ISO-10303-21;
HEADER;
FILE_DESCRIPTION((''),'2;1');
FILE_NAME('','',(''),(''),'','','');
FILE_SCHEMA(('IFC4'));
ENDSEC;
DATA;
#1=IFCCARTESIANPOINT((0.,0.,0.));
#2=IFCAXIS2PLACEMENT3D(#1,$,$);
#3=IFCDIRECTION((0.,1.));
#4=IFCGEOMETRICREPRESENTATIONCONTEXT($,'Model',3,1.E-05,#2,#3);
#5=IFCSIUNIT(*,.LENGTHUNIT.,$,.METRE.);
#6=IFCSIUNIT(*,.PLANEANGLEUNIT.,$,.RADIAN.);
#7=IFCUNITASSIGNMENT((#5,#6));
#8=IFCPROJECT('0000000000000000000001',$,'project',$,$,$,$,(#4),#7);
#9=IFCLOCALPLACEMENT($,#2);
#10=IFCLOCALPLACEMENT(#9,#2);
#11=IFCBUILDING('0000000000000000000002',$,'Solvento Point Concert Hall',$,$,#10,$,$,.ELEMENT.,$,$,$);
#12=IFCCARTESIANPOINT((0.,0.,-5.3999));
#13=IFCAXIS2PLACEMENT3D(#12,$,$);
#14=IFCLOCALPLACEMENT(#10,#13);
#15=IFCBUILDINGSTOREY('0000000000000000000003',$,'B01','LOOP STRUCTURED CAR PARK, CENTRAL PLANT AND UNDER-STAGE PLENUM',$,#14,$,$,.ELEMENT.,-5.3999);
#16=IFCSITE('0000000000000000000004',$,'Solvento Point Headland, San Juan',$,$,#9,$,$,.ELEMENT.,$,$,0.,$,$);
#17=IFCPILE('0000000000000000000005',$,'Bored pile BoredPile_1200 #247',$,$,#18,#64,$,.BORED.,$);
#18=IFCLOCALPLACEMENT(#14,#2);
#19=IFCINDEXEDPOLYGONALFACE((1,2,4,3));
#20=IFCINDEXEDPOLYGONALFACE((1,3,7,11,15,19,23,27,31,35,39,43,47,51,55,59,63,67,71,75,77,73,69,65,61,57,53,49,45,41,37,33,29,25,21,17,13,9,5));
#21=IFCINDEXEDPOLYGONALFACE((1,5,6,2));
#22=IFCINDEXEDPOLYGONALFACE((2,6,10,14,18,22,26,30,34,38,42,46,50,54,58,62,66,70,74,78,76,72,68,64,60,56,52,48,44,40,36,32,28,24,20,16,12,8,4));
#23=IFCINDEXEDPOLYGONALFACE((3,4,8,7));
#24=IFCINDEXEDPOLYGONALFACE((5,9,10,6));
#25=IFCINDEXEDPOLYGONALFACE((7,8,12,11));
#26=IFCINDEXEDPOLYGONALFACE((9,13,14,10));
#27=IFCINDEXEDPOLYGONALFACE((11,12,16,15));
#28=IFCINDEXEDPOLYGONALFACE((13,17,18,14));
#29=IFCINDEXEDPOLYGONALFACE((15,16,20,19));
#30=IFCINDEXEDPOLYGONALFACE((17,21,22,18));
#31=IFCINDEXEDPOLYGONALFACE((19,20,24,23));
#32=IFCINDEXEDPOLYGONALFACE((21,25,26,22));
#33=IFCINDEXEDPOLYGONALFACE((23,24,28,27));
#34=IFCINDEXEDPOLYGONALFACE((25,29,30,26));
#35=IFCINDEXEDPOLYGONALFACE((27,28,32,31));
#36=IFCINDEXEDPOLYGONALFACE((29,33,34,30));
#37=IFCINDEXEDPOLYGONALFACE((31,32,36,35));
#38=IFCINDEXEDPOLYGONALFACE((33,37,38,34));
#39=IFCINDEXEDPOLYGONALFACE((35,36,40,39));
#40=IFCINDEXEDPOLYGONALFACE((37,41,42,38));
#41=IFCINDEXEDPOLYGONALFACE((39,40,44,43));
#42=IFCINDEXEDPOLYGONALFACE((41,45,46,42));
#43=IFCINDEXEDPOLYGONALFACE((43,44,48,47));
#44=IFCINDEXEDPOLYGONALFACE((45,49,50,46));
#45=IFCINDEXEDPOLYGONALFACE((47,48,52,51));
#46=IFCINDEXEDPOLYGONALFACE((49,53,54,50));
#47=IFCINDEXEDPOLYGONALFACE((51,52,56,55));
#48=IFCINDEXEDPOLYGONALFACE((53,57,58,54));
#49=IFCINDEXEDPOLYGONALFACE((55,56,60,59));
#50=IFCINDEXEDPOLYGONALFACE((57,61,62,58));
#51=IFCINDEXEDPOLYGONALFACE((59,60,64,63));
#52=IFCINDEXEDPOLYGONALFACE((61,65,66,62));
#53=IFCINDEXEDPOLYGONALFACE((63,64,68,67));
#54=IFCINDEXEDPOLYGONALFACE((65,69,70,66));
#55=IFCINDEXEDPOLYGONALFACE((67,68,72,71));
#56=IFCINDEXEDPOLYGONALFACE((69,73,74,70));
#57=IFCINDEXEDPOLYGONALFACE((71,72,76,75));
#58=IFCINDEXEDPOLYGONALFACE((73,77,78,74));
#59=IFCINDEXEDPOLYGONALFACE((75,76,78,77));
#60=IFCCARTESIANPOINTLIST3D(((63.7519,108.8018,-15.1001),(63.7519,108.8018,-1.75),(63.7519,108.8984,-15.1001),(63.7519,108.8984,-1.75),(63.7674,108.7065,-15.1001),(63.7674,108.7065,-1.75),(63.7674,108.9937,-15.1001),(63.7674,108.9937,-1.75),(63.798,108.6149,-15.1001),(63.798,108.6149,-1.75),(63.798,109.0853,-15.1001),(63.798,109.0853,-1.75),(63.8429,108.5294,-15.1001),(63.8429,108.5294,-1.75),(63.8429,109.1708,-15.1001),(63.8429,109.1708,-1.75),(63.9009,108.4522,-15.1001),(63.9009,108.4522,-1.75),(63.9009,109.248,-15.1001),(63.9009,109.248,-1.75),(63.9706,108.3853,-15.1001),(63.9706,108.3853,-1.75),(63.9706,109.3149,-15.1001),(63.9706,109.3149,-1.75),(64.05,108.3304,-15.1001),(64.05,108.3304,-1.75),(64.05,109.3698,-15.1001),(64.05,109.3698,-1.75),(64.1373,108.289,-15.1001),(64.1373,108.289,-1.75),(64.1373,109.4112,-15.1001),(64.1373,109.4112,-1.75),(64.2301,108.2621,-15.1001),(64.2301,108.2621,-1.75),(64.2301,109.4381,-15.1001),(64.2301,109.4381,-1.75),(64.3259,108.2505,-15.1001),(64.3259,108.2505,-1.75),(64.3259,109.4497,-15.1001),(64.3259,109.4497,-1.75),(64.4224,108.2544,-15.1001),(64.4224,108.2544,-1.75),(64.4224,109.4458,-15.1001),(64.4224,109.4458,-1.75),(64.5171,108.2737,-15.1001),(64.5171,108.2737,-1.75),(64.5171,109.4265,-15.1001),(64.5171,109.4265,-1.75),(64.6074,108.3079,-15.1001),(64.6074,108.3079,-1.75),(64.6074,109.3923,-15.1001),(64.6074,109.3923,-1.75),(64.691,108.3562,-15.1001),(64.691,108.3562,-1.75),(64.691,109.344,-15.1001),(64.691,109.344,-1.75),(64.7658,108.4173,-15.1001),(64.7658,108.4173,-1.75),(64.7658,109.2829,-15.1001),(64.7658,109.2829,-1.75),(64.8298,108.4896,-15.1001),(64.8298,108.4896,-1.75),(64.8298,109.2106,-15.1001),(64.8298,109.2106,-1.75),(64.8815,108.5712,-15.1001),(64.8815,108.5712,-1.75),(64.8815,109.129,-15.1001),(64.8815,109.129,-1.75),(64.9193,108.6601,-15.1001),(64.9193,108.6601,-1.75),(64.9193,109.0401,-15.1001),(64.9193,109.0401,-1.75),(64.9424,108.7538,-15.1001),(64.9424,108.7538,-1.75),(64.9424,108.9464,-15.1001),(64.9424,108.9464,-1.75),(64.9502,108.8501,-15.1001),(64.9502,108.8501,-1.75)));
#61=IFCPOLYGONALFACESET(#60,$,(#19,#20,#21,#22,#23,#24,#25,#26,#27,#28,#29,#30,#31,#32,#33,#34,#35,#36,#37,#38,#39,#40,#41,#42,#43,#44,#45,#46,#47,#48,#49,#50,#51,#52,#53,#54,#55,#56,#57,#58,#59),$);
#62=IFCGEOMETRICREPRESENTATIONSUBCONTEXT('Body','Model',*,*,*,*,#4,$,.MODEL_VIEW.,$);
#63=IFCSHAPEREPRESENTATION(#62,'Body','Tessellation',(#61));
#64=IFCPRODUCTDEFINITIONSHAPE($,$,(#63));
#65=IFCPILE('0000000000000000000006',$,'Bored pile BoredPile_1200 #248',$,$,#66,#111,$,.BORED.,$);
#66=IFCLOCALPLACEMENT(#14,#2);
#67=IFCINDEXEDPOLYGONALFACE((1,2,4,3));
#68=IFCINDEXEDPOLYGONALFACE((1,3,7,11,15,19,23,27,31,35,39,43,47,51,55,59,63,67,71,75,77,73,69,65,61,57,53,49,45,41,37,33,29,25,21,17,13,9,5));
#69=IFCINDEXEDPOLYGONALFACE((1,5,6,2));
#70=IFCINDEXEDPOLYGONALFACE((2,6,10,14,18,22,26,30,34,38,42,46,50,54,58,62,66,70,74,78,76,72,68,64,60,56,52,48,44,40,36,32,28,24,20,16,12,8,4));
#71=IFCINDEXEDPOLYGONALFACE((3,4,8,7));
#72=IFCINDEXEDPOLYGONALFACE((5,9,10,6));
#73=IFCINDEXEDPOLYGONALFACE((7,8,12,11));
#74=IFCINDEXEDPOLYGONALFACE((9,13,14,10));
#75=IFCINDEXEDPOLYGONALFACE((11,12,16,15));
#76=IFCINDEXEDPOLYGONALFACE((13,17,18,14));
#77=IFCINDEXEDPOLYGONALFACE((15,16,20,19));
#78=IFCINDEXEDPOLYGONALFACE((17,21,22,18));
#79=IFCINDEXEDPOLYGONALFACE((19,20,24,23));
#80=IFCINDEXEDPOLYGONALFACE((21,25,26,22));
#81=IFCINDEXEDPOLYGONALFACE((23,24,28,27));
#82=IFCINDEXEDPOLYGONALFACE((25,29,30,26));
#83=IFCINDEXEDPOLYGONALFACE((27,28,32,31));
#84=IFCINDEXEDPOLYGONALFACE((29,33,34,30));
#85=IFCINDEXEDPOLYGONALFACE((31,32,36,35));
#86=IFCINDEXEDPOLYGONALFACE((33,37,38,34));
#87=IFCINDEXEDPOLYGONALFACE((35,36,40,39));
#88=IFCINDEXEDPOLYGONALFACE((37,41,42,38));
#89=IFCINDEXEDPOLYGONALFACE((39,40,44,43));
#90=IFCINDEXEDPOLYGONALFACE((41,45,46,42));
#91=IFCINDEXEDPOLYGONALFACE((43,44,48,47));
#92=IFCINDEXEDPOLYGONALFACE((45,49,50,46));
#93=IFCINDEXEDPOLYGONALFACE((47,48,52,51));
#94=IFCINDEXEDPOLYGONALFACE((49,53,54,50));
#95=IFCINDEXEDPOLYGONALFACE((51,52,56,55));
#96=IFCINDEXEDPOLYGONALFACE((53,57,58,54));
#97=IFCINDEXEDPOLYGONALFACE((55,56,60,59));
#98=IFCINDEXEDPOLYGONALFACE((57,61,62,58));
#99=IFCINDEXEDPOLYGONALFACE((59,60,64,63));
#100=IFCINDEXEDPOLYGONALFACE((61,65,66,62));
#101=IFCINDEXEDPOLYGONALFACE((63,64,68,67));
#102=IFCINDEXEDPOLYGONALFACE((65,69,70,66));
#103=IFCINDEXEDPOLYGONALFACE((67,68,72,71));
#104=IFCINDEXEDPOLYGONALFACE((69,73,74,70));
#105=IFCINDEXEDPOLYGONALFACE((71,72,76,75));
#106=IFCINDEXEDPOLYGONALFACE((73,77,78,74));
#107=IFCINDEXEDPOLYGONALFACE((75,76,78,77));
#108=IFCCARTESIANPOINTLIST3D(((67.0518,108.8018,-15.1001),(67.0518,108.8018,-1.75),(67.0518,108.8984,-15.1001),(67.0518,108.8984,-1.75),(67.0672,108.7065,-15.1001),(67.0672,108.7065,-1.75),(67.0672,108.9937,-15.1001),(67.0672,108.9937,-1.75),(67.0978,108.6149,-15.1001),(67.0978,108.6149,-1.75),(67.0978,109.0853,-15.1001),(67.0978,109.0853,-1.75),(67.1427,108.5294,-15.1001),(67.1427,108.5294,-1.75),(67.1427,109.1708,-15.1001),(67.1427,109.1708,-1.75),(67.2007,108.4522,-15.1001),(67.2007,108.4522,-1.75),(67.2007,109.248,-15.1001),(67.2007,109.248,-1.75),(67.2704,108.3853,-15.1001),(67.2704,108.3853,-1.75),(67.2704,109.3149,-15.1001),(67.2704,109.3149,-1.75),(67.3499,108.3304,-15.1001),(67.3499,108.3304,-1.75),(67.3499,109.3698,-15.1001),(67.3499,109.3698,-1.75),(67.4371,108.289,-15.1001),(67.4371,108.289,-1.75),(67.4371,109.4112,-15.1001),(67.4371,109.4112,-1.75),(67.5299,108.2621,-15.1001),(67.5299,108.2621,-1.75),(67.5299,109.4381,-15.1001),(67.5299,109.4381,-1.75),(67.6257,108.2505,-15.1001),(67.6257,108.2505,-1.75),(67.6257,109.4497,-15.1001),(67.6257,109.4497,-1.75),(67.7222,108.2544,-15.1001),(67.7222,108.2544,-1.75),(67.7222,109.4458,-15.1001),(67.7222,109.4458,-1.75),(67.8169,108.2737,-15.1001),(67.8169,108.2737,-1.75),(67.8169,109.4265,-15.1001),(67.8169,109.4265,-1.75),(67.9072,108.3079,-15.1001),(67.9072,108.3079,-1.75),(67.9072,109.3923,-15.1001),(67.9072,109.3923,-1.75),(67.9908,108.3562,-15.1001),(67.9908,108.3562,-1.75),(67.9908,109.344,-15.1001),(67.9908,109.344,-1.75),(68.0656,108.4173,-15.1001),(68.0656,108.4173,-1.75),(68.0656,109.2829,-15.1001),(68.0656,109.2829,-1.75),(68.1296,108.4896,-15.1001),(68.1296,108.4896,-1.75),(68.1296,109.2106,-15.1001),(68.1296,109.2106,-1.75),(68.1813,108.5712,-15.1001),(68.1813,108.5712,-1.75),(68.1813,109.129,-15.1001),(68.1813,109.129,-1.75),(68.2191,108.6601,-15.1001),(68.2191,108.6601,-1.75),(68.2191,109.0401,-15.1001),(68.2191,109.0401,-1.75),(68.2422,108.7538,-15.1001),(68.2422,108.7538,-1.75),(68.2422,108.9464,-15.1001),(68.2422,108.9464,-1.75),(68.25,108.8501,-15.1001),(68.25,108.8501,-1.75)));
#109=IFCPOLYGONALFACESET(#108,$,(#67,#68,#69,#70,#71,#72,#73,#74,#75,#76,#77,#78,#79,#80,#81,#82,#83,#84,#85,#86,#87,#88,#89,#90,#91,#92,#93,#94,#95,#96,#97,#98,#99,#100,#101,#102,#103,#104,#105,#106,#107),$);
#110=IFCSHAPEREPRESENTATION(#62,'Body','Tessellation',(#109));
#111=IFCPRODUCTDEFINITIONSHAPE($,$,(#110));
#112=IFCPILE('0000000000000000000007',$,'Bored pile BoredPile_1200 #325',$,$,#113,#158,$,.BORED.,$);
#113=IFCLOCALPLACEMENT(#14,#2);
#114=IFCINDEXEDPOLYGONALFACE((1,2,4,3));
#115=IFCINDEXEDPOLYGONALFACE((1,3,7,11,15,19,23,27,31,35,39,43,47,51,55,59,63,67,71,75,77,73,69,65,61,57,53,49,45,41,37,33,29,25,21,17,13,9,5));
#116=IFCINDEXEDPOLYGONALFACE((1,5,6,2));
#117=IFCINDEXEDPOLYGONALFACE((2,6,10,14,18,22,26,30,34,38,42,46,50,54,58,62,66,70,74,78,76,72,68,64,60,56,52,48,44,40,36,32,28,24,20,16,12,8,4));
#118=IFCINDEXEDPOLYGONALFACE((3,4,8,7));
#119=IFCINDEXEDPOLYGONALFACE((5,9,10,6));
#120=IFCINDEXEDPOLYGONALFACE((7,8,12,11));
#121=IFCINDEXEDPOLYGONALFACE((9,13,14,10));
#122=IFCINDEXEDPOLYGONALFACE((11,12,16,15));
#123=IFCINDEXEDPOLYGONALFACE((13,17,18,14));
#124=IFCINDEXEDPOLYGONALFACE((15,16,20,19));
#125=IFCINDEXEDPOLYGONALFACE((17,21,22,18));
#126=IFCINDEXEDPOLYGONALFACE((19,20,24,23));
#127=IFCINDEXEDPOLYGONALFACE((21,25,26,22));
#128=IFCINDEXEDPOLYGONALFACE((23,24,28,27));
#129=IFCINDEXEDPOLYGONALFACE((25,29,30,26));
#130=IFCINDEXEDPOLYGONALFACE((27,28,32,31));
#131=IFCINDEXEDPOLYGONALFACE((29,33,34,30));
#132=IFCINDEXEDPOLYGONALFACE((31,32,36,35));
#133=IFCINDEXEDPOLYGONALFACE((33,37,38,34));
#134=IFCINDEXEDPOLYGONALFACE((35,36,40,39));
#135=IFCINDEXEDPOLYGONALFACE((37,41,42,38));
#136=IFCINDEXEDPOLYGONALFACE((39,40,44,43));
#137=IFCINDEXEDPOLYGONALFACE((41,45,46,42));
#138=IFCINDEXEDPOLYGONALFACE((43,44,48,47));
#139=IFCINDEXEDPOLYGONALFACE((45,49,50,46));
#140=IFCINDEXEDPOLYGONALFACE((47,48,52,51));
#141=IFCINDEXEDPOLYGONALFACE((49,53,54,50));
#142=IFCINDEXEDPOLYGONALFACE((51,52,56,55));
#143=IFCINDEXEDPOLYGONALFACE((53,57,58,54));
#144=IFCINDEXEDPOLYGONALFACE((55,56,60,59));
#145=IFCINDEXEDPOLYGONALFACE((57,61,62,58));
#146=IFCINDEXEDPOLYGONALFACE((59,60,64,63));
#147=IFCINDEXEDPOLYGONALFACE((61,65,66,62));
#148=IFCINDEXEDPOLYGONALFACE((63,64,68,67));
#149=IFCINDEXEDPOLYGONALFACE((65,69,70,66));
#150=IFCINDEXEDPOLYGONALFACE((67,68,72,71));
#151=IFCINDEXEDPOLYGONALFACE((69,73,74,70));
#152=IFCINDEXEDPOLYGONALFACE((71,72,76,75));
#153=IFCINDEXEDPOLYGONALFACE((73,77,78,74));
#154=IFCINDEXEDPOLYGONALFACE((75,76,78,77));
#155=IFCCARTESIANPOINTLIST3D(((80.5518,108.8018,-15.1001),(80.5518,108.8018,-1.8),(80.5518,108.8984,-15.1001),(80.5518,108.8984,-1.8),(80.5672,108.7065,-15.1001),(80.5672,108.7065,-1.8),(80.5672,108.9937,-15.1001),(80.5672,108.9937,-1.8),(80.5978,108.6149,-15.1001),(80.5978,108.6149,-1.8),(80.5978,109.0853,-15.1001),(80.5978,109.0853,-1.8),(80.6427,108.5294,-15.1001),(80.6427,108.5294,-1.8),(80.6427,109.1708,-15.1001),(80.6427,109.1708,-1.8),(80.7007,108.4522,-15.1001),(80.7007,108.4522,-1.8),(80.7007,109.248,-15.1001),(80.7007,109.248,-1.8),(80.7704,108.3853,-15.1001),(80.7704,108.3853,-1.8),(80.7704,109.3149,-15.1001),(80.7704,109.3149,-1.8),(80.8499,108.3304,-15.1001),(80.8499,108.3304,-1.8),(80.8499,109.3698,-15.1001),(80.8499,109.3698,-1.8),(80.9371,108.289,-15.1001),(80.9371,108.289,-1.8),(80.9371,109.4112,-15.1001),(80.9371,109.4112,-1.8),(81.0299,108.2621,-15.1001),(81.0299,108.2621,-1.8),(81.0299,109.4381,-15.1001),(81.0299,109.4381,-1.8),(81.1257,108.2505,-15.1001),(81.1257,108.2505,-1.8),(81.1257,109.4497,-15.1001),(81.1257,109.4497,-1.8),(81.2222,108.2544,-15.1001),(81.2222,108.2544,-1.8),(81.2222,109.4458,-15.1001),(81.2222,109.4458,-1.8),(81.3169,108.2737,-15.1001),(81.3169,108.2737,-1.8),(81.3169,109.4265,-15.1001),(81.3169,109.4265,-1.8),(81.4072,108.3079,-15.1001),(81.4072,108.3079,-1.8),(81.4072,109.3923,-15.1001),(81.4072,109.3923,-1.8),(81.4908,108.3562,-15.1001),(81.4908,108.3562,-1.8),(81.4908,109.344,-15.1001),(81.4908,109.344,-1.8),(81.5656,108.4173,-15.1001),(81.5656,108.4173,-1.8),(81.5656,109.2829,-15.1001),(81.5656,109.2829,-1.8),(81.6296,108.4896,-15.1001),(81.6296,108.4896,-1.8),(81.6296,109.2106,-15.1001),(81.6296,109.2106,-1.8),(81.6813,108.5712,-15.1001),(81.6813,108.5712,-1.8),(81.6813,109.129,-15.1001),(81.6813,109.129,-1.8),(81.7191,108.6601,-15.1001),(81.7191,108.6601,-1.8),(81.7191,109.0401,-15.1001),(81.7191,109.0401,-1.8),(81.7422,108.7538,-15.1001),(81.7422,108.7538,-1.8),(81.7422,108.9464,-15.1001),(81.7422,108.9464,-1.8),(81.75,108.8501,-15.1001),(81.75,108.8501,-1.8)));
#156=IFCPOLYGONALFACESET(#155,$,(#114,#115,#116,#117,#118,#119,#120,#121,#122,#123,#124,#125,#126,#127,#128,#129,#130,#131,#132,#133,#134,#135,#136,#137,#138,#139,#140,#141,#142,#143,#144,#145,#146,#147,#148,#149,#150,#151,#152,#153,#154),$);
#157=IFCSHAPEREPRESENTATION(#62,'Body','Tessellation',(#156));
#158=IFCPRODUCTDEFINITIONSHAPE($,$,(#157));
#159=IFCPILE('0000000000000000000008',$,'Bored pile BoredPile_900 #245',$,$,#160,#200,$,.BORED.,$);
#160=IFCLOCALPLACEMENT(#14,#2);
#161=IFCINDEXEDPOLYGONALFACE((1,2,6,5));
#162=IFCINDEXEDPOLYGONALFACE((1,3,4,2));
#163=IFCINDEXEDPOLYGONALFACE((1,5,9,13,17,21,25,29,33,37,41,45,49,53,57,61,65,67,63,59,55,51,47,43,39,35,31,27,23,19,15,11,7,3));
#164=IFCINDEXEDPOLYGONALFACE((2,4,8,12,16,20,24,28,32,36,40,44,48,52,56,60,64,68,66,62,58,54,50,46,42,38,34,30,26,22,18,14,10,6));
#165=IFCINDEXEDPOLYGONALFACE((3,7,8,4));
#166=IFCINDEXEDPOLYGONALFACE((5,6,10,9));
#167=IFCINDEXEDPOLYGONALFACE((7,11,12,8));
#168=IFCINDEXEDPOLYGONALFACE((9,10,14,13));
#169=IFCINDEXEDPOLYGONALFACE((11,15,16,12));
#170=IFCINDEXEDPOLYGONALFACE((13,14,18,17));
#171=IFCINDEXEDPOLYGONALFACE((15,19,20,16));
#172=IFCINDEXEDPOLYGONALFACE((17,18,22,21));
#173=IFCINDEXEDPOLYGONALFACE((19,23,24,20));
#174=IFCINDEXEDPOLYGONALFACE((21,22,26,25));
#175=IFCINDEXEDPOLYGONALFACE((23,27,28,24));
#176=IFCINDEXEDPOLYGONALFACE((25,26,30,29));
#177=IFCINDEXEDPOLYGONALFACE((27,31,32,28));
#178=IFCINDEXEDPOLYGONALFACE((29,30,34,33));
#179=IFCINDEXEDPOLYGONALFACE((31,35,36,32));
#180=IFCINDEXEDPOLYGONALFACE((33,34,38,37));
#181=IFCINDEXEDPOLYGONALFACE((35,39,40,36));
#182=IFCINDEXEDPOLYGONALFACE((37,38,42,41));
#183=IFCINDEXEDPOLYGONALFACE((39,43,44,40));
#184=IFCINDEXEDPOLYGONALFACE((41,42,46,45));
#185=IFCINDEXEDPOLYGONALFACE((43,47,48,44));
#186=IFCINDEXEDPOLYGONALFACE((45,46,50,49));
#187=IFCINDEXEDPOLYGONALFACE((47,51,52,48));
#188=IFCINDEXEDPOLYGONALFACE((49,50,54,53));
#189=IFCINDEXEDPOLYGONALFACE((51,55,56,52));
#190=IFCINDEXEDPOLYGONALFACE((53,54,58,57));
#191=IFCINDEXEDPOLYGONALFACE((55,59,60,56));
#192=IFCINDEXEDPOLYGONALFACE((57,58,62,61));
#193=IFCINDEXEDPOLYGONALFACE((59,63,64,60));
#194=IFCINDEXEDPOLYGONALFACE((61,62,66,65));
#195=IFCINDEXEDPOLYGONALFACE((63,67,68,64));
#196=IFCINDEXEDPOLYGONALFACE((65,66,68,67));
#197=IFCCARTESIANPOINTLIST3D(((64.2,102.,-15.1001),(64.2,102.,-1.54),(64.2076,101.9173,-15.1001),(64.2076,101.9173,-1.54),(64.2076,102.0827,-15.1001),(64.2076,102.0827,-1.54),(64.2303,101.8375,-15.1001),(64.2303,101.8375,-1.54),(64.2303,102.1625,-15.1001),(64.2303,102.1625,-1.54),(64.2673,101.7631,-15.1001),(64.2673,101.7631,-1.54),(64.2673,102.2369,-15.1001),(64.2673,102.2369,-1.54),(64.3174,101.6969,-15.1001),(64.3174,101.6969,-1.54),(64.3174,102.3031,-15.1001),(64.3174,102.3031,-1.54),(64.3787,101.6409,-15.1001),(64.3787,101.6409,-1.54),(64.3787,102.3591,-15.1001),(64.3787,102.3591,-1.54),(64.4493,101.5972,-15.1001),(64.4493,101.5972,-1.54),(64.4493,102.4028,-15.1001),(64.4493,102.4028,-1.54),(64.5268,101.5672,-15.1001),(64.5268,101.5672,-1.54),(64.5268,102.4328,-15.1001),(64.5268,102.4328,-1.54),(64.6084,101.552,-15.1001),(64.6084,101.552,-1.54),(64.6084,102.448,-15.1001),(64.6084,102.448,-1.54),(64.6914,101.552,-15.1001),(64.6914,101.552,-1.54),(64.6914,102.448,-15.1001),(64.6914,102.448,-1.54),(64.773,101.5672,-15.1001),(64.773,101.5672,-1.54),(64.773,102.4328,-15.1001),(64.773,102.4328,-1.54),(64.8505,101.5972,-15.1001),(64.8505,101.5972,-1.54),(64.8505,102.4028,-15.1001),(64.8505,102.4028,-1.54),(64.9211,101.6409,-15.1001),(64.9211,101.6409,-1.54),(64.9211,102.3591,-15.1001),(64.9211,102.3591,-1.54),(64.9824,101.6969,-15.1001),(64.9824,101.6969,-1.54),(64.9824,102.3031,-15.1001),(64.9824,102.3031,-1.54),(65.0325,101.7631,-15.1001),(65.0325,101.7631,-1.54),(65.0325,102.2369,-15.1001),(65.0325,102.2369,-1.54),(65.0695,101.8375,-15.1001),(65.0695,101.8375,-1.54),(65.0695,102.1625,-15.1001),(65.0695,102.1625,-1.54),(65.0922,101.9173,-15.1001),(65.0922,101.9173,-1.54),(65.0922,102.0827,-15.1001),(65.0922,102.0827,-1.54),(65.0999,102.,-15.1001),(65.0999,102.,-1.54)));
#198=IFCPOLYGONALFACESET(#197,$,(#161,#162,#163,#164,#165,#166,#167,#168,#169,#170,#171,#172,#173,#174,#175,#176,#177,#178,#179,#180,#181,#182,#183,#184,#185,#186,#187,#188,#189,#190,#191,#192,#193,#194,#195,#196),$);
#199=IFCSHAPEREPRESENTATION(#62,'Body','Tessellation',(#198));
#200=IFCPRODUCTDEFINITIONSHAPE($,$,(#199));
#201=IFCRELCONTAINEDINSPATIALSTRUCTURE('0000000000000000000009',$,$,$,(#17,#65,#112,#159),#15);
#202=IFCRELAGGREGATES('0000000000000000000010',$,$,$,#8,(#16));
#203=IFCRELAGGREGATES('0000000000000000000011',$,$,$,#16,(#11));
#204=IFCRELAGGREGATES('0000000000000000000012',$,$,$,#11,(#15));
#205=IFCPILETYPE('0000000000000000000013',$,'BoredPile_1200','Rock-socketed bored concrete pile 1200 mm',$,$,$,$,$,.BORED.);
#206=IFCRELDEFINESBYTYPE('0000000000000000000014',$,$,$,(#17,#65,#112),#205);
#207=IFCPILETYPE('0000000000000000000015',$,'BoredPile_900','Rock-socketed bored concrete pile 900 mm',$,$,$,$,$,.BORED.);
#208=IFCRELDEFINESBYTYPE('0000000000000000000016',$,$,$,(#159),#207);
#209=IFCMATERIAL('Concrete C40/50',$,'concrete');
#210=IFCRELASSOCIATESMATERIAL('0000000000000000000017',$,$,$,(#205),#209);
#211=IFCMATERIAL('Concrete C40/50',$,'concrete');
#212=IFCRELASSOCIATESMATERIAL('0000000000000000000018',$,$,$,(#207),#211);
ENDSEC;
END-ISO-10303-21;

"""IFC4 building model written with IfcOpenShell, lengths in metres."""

from ifc_helpers import new_model, si_unit, direction, frame, origin, origin_2d, place, context, subcontext, project, spatial, circle, extrude, material, material_profile, profile_set, type_object, element, save


model = new_model("IFC4")

# Units and contexts
model_context = context("Model", 3, precision=1e-05, world=origin(), true_north=direction((0.0, 1.0)))
body_context = subcontext(model_context, "Body", "Model", "MODEL_VIEW")
ifc_project = project(units=[si_unit("LENGTHUNIT", "METRE"), si_unit("PLANEANGLEUNIT", "RADIAN")], contexts=[model_context])

# Site, building, storey
site_placement = place(None, origin())
site = spatial("IfcSite", under=ifc_project, at=site_placement, Name="Solvento Point Headland, San Juan", CompositionType="ELEMENT", RefElevation=0.0)
building_placement = place(site_placement, origin())
building = spatial("IfcBuilding", under=site, at=building_placement, Name="Solvento Point Concert Hall", CompositionType="ELEMENT")
storey_placement = place(building_placement, frame((0.0, 0.0, -5.3999)))
storey = spatial("IfcBuildingStorey", under=building, at=storey_placement, Name="B01", Description="LOOP STRUCTURED CAR PARK, CENTRAL PLANT AND UNDER-STAGE PLENUM", CompositionType="ELEMENT", Elevation=-5.3999)

# Piles
ifc_material_1 = material(Name="Concrete C40/50", Category="concrete")
ifc_material_profile_1 = material_profile(ifc_material_1, circle(Radius=0.6001, at=origin_2d()), Name="BP-1200")
ifc_profile_set_1 = profile_set([ifc_material_profile_1], Name="Concrete C40/50")
pile_type_1 = type_object("IfcPileType", Name="BoredPile_1200", Description="Rock-socketed bored concrete pile 1200 mm", PredefinedType="BORED", material=ifc_profile_set_1)
for number, where, z_axis, x_axis, name in (
    (1, (64.3501, 108.8501, -1.75), (0.0, 0.0, -1.0), (1.0, 0.0, 0.0), "Bored pile BoredPile_1200 #247"),
    (2, (67.6499, 108.8501, -1.75), (0.0, 0.0, -1.0), (1.0, 0.0, 0.0), "Bored pile BoredPile_1200 #248"),
):
    element("IfcPile", number, at=place(storey_placement, frame(where, z_axis=z_axis, x_axis=x_axis)), inside=storey, type_object=pile_type_1, Name=name, PredefinedType="BORED", context=body_context, shape_type="SweptSolid", body=[
        extrude(circle(Radius=0.6001, at=origin_2d()), origin(), (0.0, 0.0, 1.0), 13.3501),
    ])
pile_1_placement = place(storey_placement, frame((81.1499, 108.8501, -1.8), z_axis=(0.0, 0.0, -1.0), x_axis=(1.0, 0.0, 0.0)))
element("IfcPile", 3, at=pile_1_placement, inside=storey, type_object=pile_type_1, Name="Bored pile BoredPile_1200 #325", PredefinedType="BORED", context=body_context, shape_type="SweptSolid", body=[
    extrude(circle(Radius=0.6001, at=origin_2d()), origin(), (0.0, 0.0, 1.0), 13.3),
])
ifc_material_2 = material(Name="Concrete C40/50", Category="concrete")
ifc_material_profile_2 = material_profile(ifc_material_2, circle(Radius=0.45, at=origin_2d()), Name="BP-900")
ifc_profile_set_2 = profile_set([ifc_material_profile_2], Name="Concrete C40/50")
pile_type_2 = type_object("IfcPileType", Name="BoredPile_900", Description="Rock-socketed bored concrete pile 900 mm", PredefinedType="BORED", material=ifc_profile_set_2)
for number, where, z_axis, x_axis, name in (
    (4, (64.6499, 102.0, -1.54), (0.0, 0.0, -1.0), (1.0, 0.0, 0.0), "Bored pile BoredPile_900 #245"),
):
    element("IfcPile", number, at=place(storey_placement, frame(where, z_axis=z_axis, x_axis=x_axis)), inside=storey, type_object=pile_type_2, Name=name, PredefinedType="BORED", context=body_context, shape_type="SweptSolid", body=[
        extrude(circle(Radius=0.45, at=origin_2d()), origin(), (0.0, 0.0, 1.0), 13.5601),
    ])

save(model, "model.ifc")
